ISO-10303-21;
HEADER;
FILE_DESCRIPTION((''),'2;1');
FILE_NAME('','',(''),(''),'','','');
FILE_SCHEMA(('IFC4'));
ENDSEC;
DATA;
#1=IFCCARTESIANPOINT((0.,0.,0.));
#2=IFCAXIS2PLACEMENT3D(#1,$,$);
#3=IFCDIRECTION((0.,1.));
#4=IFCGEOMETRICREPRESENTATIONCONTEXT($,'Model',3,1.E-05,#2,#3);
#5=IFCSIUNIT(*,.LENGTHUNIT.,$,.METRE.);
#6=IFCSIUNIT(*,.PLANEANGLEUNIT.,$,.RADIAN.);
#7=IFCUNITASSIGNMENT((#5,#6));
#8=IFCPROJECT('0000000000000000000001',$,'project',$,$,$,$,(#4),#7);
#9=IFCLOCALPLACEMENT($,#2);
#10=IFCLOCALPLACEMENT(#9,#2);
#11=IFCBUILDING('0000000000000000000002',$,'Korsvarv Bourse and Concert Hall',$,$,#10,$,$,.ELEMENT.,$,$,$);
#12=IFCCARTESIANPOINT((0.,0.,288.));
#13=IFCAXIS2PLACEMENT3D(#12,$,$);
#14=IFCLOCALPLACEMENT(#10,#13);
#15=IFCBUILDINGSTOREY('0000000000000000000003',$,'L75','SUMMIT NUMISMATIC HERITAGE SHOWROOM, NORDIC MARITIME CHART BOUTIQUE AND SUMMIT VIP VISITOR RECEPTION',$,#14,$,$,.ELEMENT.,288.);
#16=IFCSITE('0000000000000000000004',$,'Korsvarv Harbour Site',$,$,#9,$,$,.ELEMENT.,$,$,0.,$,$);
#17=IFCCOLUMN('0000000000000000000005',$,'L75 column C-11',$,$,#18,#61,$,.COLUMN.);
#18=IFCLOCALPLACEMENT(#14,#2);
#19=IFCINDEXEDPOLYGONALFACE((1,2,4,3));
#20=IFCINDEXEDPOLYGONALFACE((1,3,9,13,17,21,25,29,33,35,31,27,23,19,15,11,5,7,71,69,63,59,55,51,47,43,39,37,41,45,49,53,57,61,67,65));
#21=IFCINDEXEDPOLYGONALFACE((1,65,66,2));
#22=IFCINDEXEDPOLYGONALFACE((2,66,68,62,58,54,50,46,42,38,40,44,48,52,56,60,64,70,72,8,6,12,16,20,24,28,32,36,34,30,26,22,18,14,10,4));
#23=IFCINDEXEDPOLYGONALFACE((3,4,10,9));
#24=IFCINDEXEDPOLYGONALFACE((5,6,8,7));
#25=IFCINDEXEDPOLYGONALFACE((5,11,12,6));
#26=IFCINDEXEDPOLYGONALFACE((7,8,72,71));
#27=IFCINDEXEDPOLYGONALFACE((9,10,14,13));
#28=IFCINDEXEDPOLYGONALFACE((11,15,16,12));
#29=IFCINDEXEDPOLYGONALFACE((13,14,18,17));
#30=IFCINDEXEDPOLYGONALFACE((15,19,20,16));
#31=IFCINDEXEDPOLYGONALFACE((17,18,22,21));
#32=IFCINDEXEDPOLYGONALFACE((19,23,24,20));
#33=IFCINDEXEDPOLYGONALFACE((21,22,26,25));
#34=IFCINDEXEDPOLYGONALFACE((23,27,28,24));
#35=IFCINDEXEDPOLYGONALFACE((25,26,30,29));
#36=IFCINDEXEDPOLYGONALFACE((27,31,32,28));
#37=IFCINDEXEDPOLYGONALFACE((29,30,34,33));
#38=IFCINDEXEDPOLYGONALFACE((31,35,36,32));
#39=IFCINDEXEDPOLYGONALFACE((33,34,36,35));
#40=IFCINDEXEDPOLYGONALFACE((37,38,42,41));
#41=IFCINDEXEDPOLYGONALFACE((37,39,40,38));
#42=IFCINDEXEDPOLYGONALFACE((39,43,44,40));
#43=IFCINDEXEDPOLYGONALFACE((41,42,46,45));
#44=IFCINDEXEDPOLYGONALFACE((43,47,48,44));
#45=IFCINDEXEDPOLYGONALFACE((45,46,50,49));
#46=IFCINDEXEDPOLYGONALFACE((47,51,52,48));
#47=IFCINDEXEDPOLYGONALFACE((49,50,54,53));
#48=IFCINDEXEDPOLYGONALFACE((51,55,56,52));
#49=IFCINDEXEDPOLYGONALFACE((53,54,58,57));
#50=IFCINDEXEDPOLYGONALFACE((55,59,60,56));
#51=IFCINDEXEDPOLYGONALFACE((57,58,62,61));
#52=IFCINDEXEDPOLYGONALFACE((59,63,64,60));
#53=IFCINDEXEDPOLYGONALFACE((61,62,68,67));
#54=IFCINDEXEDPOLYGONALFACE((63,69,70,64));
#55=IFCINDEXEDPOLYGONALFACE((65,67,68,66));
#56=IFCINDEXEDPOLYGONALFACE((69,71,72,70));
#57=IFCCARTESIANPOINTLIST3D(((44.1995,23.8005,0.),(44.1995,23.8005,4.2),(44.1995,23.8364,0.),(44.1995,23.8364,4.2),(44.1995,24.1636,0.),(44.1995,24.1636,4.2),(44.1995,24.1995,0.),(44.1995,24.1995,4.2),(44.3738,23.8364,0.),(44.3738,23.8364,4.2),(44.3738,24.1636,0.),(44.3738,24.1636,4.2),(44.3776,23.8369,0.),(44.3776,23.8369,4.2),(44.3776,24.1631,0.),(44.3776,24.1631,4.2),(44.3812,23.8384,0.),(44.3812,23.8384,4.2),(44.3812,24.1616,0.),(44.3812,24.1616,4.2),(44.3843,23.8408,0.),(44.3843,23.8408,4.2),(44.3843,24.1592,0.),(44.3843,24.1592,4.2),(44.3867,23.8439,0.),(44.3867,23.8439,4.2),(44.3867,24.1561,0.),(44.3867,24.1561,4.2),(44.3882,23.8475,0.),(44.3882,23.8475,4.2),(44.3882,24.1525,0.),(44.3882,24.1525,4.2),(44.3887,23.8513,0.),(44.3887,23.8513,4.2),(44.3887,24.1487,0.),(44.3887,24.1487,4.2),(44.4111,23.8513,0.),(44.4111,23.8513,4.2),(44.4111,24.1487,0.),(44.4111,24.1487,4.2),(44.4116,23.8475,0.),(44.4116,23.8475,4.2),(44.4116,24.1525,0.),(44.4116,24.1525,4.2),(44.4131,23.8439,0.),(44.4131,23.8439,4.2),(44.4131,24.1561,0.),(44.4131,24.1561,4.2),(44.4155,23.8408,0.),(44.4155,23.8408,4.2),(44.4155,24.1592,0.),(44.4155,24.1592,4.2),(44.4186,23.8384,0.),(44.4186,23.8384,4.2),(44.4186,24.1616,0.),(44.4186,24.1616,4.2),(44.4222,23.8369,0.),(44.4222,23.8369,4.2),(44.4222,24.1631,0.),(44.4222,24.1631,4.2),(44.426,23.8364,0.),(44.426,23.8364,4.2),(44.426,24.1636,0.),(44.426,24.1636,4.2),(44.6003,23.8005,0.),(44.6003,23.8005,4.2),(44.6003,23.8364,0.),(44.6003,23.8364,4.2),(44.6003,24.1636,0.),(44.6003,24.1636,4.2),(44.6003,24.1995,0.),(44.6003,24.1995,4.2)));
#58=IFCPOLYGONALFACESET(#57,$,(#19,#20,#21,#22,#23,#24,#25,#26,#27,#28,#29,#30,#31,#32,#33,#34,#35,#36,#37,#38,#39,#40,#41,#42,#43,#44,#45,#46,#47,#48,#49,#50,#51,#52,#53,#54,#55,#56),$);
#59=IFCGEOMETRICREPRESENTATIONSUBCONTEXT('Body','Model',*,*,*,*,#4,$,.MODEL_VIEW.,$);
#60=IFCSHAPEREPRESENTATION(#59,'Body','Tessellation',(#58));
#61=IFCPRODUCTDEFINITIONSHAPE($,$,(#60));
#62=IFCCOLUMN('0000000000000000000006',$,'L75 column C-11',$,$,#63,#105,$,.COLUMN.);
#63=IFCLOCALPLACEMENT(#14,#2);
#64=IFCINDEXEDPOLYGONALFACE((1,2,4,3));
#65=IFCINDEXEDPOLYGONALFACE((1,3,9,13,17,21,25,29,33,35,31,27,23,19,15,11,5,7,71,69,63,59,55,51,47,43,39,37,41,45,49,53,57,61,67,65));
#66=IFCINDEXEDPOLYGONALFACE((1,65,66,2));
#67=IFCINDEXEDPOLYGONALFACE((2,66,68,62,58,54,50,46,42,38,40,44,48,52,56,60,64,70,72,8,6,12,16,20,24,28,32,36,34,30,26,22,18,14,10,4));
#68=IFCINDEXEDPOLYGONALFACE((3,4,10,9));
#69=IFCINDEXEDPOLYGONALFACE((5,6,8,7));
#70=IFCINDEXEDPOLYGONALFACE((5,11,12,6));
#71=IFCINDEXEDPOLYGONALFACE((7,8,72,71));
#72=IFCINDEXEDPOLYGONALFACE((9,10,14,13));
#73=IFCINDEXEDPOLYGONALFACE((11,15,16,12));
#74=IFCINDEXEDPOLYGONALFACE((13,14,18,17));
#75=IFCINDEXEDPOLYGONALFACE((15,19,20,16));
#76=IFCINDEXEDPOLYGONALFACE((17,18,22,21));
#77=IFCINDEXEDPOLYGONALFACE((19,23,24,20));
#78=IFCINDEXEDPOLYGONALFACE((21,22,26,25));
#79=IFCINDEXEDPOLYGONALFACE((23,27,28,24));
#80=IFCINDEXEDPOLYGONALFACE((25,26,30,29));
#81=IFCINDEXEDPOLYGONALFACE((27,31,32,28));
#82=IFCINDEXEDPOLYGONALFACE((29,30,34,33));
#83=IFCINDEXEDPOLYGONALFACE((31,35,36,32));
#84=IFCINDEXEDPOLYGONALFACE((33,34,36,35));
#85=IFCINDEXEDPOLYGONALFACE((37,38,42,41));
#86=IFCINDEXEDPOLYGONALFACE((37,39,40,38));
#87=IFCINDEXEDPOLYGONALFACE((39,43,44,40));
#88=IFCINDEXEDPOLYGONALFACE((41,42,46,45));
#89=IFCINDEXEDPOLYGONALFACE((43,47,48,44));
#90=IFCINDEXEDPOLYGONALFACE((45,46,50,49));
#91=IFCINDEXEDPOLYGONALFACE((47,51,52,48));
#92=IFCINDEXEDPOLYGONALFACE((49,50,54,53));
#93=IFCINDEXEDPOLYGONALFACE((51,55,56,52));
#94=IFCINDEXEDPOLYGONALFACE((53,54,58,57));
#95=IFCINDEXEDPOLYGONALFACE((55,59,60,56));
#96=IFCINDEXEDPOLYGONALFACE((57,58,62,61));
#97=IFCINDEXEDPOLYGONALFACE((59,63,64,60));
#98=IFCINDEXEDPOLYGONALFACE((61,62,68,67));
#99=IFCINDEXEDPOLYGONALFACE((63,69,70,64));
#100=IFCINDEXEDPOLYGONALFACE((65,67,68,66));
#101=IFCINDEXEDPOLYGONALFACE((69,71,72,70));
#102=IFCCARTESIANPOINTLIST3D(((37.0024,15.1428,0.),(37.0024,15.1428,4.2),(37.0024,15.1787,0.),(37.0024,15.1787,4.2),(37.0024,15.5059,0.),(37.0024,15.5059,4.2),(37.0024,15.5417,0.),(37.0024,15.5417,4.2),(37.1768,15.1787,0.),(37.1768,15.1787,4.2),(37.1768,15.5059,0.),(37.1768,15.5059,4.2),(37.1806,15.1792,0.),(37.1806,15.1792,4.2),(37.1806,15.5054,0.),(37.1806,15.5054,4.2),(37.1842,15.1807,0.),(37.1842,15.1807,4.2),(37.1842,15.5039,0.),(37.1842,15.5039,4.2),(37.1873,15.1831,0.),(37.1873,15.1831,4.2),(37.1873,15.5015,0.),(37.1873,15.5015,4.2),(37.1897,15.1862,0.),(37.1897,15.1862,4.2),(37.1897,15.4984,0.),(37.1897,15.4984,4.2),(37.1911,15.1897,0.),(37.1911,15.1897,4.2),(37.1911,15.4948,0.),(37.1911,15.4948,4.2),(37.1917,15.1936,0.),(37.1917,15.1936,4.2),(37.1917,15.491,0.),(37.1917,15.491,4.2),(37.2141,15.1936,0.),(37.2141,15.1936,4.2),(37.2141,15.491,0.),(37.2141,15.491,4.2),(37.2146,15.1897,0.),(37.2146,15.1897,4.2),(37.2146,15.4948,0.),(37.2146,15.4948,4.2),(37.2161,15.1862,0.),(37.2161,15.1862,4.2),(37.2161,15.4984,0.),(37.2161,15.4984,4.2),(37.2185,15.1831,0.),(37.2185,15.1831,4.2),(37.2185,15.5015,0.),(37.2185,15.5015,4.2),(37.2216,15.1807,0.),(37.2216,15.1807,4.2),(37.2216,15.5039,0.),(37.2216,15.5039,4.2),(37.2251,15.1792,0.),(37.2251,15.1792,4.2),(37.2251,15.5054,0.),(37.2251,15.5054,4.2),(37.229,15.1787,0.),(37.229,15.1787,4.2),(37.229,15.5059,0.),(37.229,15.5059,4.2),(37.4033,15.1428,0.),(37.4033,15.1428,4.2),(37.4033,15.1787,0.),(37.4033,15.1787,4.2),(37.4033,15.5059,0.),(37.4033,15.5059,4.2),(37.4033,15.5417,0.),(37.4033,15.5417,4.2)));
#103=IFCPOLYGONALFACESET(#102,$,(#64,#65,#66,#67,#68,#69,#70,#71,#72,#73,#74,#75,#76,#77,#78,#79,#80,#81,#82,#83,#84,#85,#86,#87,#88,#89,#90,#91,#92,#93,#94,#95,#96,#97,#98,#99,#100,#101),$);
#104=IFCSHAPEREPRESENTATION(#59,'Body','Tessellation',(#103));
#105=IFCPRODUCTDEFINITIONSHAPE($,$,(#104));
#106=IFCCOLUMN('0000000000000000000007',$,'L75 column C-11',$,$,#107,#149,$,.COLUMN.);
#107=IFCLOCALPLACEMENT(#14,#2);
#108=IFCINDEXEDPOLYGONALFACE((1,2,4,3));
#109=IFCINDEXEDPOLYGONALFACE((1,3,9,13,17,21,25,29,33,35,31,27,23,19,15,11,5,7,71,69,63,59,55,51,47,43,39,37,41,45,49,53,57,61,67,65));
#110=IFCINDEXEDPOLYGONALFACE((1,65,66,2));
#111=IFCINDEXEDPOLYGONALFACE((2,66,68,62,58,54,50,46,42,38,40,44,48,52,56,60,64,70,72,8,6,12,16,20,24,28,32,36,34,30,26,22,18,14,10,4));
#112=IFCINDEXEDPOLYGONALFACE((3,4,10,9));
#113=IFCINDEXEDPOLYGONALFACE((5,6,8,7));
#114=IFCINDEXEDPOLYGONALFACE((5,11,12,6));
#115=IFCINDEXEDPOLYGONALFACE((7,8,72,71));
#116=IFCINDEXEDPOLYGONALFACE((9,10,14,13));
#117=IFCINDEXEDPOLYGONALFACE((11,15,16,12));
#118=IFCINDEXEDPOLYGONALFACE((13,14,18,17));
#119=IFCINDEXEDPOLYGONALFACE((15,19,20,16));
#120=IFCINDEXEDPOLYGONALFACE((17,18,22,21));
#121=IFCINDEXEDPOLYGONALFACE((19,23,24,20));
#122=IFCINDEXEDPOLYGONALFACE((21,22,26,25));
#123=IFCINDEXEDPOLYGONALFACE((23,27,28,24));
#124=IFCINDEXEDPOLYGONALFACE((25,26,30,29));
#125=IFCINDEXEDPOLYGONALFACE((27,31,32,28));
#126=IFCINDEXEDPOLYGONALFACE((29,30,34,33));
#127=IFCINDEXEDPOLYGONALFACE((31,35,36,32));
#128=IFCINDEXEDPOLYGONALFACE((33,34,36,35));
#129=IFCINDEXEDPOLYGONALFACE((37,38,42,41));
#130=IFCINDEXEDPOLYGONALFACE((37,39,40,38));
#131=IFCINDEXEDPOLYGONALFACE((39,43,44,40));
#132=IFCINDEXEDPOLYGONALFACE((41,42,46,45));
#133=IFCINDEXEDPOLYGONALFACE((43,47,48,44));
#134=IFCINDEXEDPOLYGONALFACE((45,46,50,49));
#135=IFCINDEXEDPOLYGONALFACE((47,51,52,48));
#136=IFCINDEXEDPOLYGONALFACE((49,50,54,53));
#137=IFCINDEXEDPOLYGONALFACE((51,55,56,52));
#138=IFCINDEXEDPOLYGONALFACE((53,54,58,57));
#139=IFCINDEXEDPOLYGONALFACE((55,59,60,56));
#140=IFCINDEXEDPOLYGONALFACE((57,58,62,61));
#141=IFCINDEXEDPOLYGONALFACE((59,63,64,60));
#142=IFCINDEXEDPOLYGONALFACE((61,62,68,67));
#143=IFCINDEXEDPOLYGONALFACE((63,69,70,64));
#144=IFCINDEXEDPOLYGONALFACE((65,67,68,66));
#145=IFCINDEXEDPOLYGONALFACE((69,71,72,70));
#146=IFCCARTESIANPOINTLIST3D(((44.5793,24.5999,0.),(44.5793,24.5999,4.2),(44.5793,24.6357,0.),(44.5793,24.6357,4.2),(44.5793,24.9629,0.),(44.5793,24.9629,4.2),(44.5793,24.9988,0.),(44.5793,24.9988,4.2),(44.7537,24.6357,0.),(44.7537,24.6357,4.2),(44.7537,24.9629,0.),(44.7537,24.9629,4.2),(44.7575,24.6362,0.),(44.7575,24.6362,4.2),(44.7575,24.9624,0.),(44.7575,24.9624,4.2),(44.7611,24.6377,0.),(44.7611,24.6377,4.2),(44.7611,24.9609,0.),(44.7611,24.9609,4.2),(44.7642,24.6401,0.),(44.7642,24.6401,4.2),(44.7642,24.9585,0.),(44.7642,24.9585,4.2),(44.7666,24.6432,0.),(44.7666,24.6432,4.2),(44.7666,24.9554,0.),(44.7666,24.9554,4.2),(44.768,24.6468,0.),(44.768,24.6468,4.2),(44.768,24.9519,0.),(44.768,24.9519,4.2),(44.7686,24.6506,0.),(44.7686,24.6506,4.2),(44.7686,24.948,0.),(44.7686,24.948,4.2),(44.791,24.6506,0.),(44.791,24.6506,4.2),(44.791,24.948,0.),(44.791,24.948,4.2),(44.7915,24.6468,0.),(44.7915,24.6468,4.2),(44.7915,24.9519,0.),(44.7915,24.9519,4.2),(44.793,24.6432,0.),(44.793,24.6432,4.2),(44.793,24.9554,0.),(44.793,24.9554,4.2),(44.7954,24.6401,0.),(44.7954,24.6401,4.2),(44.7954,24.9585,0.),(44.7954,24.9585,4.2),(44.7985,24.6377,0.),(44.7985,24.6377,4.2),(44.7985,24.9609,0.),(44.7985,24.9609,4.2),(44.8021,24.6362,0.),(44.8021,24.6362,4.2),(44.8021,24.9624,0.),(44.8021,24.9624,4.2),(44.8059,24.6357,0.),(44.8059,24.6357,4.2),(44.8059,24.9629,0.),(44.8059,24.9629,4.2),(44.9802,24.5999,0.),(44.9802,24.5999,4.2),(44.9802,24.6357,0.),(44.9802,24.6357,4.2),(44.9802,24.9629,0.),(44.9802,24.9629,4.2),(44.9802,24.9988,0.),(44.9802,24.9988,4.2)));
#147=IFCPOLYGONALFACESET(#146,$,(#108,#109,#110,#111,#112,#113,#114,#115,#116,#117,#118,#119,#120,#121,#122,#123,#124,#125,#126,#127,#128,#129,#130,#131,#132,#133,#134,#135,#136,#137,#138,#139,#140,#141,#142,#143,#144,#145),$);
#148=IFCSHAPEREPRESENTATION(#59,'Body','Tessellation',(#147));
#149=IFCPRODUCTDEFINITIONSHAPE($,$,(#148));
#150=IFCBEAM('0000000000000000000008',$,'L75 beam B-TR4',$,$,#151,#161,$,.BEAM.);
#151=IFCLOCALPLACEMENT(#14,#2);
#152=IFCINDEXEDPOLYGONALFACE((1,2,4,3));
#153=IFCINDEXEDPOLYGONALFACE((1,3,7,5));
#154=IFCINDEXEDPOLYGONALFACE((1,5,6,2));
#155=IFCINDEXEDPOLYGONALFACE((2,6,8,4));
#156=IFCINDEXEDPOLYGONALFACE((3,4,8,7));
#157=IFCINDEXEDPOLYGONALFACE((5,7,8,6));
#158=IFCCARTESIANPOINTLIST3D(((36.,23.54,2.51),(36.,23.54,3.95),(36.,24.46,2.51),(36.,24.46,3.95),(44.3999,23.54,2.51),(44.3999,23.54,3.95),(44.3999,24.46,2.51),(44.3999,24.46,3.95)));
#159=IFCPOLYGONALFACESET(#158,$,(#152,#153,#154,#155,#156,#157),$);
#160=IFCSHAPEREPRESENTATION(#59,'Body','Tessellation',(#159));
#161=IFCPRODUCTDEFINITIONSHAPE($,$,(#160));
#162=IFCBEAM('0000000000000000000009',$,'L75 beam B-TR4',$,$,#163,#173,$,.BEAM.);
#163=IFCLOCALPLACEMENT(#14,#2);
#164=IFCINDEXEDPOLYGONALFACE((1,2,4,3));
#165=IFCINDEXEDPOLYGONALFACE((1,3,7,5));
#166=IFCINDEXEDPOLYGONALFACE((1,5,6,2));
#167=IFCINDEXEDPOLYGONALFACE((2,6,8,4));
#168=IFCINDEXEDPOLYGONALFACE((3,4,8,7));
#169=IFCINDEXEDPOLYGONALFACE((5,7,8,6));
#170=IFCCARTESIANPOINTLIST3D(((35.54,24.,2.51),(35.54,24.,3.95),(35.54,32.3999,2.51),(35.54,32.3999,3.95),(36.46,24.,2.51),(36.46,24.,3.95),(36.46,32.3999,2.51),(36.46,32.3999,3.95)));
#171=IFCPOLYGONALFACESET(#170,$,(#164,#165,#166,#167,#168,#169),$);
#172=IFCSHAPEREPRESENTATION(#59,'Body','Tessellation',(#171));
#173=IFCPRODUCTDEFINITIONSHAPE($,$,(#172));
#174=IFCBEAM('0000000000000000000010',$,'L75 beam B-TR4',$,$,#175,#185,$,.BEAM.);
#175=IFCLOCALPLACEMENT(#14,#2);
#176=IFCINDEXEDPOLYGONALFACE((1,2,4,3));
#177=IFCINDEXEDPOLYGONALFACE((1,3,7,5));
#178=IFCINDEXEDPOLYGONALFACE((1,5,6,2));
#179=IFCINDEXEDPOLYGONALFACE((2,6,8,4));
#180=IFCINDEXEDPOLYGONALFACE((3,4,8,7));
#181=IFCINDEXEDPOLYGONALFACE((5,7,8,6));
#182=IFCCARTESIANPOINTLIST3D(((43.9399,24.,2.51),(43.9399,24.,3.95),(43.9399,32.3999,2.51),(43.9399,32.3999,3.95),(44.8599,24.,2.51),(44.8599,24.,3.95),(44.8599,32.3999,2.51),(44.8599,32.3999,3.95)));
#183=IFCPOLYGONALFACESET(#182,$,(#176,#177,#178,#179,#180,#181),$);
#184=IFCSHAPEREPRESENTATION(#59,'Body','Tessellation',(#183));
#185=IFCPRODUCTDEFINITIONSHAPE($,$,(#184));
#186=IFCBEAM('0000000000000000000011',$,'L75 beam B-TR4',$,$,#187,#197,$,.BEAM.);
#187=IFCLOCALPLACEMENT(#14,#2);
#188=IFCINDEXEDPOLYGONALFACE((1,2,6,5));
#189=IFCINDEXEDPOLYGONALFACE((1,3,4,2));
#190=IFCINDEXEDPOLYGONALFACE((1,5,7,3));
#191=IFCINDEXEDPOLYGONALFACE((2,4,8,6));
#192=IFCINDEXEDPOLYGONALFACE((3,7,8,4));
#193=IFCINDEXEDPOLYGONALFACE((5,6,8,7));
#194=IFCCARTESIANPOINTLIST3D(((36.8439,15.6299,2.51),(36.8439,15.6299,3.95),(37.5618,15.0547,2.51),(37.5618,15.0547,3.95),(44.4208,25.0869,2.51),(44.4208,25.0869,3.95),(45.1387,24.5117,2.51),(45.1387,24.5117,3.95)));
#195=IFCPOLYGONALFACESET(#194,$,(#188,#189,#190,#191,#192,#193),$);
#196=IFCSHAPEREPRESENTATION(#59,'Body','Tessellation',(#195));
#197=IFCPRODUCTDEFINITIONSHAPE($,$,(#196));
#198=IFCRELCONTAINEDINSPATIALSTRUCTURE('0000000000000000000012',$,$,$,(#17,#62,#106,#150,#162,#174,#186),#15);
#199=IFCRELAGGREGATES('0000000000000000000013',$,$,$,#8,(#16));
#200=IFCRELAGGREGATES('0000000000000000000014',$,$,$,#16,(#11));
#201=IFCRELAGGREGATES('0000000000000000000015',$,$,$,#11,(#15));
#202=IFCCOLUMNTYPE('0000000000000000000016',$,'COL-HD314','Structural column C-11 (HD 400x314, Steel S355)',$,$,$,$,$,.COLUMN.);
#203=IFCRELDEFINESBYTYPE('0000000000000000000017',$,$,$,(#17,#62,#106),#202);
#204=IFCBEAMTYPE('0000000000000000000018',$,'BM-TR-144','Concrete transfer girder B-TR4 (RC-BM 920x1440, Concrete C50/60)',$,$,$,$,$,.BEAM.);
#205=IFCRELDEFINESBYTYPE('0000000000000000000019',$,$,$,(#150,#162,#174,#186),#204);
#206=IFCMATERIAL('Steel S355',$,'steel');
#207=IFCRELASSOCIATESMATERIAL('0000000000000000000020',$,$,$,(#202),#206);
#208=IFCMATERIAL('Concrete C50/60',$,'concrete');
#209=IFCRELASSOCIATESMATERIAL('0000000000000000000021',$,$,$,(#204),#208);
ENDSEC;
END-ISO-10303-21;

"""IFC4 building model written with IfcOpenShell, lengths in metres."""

from ifc_helpers import new_model, si_unit, direction, frame, origin, origin_2d, place, context, subcontext, project, spatial, rectangle, i_section, extrude, source, transform, mapped, material, material_profile, profile_set, type_object, element, save


model = new_model("IFC4")

# Units and contexts
model_context = context("Model", 3, precision=1e-05, world=origin(), true_north=direction((0.0, 1.0)))
body_context = subcontext(model_context, "Body", "Model", "MODEL_VIEW")
ifc_project = project(units=[si_unit("LENGTHUNIT", "METRE"), si_unit("PLANEANGLEUNIT", "RADIAN")], contexts=[model_context])

# Site, building, storey
site_placement = place(None, origin())
site = spatial("IfcSite", under=ifc_project, at=site_placement, Name="Korsvarv Harbour Site", CompositionType="ELEMENT", RefElevation=0.0)
building_placement = place(site_placement, origin())
building = spatial("IfcBuilding", under=site, at=building_placement, Name="Korsvarv Bourse and Concert Hall", CompositionType="ELEMENT")
storey_placement = place(building_placement, frame((0.0, 0.0, 288.0)))
storey = spatial("IfcBuildingStorey", under=building, at=storey_placement, Name="L75", Description="SUMMIT NUMISMATIC HERITAGE SHOWROOM, NORDIC MARITIME CHART BOUTIQUE AND SUMMIT VIP VISITOR RECEPTION", CompositionType="ELEMENT", Elevation=288.0)

# Columns
ifc_material_1 = material(Name="Steel S355", Category="steel")
ifc_material_profile_1 = material_profile(ifc_material_1, i_section(OverallWidth=0.4009, OverallDepth=0.3989, WebThickness=0.0225, FlangeThickness=0.0359, FilletRadius=0.0149, at=origin_2d()), Name="HD 400x314")
ifc_profile_set_1 = profile_set([ifc_material_profile_1], Name="Steel S355")
column_type = type_object("IfcColumnType", Name="COL-HD314", Description="Structural column C-11 (HD 400x314, Steel S355)", PredefinedType="COLUMN", material=ifc_profile_set_1)
shared_shape_1 = source(origin(), body_context, "Body", "SweptSolid", [
    extrude(i_section(OverallWidth=0.4009, OverallDepth=0.3989, WebThickness=0.0225, FlangeThickness=0.0359, FilletRadius=0.0149, at=origin_2d()), origin(), (0.0, 0.0, 1.0), 4.2),
])
for number, where, z_axis, x_axis, name in (
    (1, (44.3999, 24.0, 0.0), (0.0, 0.0, 1.0), (1.0, 0.0, 0.0), "L75 column C-11"),
    (2, (37.2029, 15.3423, 0.0), (0.0, 0.0, 1.0), (1.0, 0.0, 0.0), "L75 column C-11"),
    (3, (44.7798, 24.7993, 0.0), (0.0, 0.0, 1.0), (1.0, 0.0, 0.0), "L75 column C-11"),
):
    element("IfcColumn", number, at=place(storey_placement, frame(where, z_axis=z_axis, x_axis=x_axis)), inside=storey, type_object=column_type, Name=name, PredefinedType="COLUMN", context=body_context, shape_type="MappedRepresentation", body=[
        mapped(shared_shape_1, transform((0.0, 0.0, 0.0), scale=1.0)),
    ])

# Beams
ifc_material_2 = material(Name="Concrete C50/60", Category="concrete")
ifc_material_profile_2 = material_profile(ifc_material_2, rectangle(XDim=0.9199, YDim=1.4399, at=origin_2d()), Name="RC-BM 920x1440")
ifc_profile_set_2 = profile_set([ifc_material_profile_2], Name="Concrete C50/60")
beam_type = type_object("IfcBeamType", Name="BM-TR-144", Description="Concrete transfer girder B-TR4 (RC-BM 920x1440, Concrete C50/60)", PredefinedType="BEAM", material=ifc_profile_set_2)
shared_shape_2 = source(origin(), body_context, "Body", "SweptSolid", [
    extrude(rectangle(XDim=0.9199, YDim=1.4399, at=origin_2d()), origin(), (0.0, 0.0, 1.0), 8.3999),
])
for number, where, z_axis, x_axis, name in (
    (4, (36.0, 24.0, 3.23), (1.0, 0.0, 0.0), (0.0, 1.0, 0.0), "L75 beam B-TR4"),
    (5, (36.0, 24.0, 3.23), (0.0, 1.0, 0.0), (-1.0, 0.0, 0.0), "L75 beam B-TR4"),
    (6, (44.3999, 24.0, 3.23), (0.0, 1.0, 0.0), (-1.0, 0.0, 0.0), "L75 beam B-TR4"),
):
    element("IfcBeam", number, at=place(storey_placement, frame(where, z_axis=z_axis, x_axis=x_axis)), inside=storey, type_object=beam_type, Name=name, PredefinedType="BEAM", context=body_context, shape_type="MappedRepresentation", body=[
        mapped(shared_shape_2, transform((0.0, 0.0, 0.0), scale=1.0)),
    ])
shared_shape_3 = source(origin(), body_context, "Body", "SweptSolid", [
    extrude(rectangle(XDim=0.9199, YDim=1.4399, at=origin_2d()), origin(), (0.0, 0.0, 1.0), 12.1179),
])
beam_1_placement = place(storey_placement, frame((37.2029, 15.3423, 3.23), z_axis=(0.625262, 0.780415, 0.0), x_axis=(-0.780415, 0.625262, 0.0)))
element("IfcBeam", 7, at=beam_1_placement, inside=storey, type_object=beam_type, Name="L75 beam B-TR4", PredefinedType="BEAM", context=body_context, shape_type="MappedRepresentation", body=[
    mapped(shared_shape_3, transform((0.0, 0.0, 0.0), scale=1.0)),
])

save(model, "model.ifc")
